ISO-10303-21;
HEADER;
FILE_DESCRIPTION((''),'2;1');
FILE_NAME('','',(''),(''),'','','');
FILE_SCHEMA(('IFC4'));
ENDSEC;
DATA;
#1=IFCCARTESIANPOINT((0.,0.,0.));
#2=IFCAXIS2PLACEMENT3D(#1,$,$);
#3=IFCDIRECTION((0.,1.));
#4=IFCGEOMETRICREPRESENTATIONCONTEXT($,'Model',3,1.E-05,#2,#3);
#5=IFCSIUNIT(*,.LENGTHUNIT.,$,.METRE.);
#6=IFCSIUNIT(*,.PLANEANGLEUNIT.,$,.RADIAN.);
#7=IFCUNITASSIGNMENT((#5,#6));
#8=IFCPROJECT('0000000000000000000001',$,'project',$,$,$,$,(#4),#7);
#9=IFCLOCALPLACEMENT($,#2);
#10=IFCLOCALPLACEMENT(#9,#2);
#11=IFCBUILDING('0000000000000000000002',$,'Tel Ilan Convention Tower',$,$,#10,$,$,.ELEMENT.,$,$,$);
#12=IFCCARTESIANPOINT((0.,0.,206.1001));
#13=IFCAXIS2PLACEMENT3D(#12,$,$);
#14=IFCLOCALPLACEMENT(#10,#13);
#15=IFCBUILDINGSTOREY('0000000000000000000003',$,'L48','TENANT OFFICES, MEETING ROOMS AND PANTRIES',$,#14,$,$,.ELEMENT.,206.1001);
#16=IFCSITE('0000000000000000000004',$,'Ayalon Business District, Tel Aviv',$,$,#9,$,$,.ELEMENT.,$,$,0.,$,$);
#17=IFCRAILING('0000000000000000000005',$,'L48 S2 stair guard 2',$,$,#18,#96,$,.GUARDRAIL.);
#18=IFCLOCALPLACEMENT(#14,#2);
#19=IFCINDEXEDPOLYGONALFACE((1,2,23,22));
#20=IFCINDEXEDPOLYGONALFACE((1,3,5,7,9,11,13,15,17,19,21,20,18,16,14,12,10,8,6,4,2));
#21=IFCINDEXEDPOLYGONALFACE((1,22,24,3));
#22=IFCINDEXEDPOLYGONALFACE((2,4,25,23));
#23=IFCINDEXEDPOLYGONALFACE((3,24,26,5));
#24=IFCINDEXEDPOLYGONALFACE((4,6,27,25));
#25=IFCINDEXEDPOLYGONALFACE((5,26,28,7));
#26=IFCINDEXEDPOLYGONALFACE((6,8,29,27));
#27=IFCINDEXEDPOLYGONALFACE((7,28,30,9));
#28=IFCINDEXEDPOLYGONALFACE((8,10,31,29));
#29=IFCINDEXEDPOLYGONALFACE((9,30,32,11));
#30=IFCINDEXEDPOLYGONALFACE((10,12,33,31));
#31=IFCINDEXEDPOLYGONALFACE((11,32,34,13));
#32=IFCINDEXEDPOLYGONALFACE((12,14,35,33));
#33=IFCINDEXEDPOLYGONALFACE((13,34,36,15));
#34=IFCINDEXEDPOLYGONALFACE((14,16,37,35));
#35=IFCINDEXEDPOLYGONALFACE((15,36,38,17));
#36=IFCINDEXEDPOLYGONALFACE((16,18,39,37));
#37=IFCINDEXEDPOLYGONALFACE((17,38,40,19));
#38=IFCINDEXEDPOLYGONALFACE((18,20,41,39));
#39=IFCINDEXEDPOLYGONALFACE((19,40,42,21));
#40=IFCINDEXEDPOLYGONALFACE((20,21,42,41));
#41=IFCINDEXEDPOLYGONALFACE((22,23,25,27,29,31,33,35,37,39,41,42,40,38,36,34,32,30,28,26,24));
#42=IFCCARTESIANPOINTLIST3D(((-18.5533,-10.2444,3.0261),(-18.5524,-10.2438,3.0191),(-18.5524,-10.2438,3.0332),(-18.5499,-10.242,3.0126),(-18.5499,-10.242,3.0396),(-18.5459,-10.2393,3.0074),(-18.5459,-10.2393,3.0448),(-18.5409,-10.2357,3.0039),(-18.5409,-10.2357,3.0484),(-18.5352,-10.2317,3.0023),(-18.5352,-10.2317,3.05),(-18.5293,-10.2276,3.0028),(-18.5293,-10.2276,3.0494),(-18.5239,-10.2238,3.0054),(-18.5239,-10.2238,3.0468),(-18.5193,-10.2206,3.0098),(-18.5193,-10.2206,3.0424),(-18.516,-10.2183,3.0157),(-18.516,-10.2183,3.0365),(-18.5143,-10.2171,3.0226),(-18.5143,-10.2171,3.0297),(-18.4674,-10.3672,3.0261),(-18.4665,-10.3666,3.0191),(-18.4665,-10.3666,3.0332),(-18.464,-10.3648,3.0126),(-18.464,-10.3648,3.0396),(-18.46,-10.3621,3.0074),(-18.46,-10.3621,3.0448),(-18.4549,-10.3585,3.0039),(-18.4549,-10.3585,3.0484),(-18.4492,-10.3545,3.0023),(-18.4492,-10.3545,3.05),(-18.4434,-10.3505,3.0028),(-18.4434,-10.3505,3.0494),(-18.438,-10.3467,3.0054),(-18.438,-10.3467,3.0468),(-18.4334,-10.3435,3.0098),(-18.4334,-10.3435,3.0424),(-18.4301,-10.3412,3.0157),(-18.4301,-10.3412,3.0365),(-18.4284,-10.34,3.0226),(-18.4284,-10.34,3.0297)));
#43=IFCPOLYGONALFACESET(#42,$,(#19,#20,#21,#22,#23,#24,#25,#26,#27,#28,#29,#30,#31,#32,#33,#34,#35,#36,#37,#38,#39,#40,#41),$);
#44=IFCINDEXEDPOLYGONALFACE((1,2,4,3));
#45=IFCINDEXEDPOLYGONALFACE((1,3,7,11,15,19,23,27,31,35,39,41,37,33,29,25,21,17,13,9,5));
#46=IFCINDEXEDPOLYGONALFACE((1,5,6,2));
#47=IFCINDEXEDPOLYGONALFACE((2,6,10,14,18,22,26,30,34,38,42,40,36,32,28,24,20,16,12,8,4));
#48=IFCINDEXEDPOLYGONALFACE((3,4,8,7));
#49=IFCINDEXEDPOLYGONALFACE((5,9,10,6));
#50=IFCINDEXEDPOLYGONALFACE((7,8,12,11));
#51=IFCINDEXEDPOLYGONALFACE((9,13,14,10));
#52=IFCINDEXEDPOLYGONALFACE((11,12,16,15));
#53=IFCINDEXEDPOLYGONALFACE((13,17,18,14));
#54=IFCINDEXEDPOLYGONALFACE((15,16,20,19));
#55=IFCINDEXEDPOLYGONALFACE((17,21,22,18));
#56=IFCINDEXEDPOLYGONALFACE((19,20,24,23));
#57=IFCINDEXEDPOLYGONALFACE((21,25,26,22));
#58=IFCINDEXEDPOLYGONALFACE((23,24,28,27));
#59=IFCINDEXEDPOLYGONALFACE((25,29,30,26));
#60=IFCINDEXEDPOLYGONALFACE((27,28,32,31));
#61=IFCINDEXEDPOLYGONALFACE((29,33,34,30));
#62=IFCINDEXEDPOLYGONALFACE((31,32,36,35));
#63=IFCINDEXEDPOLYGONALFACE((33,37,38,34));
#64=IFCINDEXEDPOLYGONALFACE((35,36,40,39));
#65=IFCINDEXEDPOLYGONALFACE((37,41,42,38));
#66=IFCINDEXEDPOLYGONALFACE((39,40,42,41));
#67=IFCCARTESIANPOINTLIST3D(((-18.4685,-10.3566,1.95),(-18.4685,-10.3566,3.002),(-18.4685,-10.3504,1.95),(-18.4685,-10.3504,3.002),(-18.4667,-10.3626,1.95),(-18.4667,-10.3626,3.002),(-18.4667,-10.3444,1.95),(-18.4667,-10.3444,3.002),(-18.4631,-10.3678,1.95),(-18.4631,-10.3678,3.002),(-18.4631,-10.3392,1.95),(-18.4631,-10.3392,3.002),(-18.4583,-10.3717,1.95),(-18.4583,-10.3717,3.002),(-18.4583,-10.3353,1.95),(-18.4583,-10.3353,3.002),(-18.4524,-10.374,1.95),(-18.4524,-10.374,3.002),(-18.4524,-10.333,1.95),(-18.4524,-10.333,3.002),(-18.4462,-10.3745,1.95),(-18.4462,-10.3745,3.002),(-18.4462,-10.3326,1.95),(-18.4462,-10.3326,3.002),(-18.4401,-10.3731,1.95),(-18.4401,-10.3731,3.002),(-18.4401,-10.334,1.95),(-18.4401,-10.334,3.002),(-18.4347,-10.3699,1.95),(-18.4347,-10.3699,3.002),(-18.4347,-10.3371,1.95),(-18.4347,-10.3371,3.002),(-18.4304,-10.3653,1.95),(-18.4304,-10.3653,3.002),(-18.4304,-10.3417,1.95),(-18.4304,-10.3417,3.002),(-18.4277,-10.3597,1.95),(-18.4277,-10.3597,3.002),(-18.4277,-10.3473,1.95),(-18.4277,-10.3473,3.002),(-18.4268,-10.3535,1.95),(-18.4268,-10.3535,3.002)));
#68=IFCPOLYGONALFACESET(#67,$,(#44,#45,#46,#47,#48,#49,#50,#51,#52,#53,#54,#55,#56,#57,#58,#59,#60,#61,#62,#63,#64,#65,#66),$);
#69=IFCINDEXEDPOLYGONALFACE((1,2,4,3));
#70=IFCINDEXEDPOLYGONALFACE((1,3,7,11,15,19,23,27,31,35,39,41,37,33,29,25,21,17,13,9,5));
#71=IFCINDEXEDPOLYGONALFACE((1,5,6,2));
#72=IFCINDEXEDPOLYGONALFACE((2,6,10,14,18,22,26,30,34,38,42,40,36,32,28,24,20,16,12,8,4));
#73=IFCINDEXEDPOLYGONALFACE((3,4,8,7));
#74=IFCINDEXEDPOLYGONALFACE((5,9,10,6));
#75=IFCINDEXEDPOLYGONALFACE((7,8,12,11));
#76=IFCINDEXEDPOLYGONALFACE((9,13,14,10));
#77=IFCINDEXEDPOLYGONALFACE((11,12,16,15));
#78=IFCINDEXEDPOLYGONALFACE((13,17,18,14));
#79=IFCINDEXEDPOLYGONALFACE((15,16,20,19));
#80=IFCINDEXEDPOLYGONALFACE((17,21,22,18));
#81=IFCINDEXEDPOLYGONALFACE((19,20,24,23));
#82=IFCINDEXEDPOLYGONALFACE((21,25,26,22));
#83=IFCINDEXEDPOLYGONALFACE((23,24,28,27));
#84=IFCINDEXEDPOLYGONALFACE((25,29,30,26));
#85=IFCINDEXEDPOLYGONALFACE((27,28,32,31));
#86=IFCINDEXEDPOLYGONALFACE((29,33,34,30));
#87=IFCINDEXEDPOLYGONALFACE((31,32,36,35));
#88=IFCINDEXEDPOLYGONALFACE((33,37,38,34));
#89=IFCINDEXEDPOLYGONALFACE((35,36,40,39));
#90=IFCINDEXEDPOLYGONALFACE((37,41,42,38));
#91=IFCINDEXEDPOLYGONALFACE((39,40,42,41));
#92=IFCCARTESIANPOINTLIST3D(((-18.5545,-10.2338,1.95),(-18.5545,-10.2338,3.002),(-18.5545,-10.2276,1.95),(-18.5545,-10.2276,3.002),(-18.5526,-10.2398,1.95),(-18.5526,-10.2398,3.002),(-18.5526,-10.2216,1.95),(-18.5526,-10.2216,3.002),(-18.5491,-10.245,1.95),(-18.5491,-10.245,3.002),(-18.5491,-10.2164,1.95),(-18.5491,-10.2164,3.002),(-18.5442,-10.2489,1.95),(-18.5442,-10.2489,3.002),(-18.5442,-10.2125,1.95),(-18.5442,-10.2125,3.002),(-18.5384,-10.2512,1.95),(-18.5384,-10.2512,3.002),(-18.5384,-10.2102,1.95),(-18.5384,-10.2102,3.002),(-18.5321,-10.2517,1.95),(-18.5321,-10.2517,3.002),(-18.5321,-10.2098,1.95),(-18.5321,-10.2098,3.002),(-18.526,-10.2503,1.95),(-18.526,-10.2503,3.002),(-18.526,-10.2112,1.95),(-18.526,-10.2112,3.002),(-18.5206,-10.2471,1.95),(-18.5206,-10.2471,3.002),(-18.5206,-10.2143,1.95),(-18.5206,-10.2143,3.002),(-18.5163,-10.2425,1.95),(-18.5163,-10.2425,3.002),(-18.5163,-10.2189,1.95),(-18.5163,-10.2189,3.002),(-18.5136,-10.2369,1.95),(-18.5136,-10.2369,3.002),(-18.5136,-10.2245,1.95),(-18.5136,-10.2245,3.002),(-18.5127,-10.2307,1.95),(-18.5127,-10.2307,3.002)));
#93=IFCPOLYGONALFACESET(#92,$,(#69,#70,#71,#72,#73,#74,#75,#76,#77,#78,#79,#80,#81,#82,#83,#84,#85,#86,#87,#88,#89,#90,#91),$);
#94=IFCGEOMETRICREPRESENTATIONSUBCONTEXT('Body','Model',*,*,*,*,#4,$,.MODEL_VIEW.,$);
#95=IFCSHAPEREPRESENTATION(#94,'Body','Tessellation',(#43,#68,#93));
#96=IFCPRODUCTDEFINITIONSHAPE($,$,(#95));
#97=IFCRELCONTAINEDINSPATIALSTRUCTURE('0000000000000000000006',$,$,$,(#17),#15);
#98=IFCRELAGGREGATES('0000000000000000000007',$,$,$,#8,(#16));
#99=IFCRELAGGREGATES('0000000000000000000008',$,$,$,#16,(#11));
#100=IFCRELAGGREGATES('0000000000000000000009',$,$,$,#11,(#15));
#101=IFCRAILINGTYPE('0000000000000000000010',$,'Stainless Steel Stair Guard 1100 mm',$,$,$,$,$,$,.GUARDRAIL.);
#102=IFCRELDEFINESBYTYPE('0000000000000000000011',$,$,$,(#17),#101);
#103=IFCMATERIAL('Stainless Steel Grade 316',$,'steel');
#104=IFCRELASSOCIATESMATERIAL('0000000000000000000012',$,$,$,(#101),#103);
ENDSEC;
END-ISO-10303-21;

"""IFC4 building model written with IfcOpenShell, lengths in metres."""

from ifc_helpers import new_model, si_unit, direction, frame, origin, origin_2d, place, context, subcontext, project, spatial, circle, extrude, material, type_object, element, save


model = new_model("IFC4")

# Units and contexts
model_context = context("Model", 3, precision=1e-05, world=origin(), true_north=direction((0.0, 1.0)))
body_context = subcontext(model_context, "Body", "Model", "MODEL_VIEW")
ifc_project = project(units=[si_unit("LENGTHUNIT", "METRE"), si_unit("PLANEANGLEUNIT", "RADIAN")], contexts=[model_context])

# Site, building, storey
site_placement = place(None, origin())
site = spatial("IfcSite", under=ifc_project, at=site_placement, Name="Ayalon Business District, Tel Aviv", CompositionType="ELEMENT", RefElevation=0.0)
building_placement = place(site_placement, origin())
building = spatial("IfcBuilding", under=site, at=building_placement, Name="Tel Ilan Convention Tower", CompositionType="ELEMENT")
storey_placement = place(building_placement, frame((0.0, 0.0, 206.1001)))
storey = spatial("IfcBuildingStorey", under=building, at=storey_placement, Name="L48", Description="TENANT OFFICES, MEETING ROOMS AND PANTRIES", CompositionType="ELEMENT", Elevation=206.1001)

# Railing
ifc_material_1 = material(Name="Stainless Steel Grade 316", Category="steel")
railing_type_1 = type_object("IfcRailingType", Name="Stainless Steel Stair Guard 1100 mm", PredefinedType="GUARDRAIL", material=ifc_material_1)
railing_1_placement = place(storey_placement, frame((-18.4478, -10.3535, 1.95)))
element("IfcRailing", 1, at=railing_1_placement, inside=storey, type_object=railing_type_1, Name="L48 S2 stair guard 2", PredefinedType="GUARDRAIL", context=body_context, shape_type="SweptSolid", body=[
    extrude(circle(Radius=0.0239, at=origin_2d()), frame((0.0, 0.0, 1.0762), z_axis=(-0.573353, 0.819308, 0.0), x_axis=(-0.819308, -0.573353, 0.0)), (0.0, 0.0, 1.0), 0.1499),
    extrude(circle(Radius=0.021, at=origin_2d()), origin(), (0.0, 0.0, 1.0), 1.052),
    extrude(circle(Radius=0.021, at=origin_2d()), frame((-0.0859, 0.1228, 0.0)), (0.0, 0.0, 1.0), 1.052),
])

save(model, "model.ifc")
